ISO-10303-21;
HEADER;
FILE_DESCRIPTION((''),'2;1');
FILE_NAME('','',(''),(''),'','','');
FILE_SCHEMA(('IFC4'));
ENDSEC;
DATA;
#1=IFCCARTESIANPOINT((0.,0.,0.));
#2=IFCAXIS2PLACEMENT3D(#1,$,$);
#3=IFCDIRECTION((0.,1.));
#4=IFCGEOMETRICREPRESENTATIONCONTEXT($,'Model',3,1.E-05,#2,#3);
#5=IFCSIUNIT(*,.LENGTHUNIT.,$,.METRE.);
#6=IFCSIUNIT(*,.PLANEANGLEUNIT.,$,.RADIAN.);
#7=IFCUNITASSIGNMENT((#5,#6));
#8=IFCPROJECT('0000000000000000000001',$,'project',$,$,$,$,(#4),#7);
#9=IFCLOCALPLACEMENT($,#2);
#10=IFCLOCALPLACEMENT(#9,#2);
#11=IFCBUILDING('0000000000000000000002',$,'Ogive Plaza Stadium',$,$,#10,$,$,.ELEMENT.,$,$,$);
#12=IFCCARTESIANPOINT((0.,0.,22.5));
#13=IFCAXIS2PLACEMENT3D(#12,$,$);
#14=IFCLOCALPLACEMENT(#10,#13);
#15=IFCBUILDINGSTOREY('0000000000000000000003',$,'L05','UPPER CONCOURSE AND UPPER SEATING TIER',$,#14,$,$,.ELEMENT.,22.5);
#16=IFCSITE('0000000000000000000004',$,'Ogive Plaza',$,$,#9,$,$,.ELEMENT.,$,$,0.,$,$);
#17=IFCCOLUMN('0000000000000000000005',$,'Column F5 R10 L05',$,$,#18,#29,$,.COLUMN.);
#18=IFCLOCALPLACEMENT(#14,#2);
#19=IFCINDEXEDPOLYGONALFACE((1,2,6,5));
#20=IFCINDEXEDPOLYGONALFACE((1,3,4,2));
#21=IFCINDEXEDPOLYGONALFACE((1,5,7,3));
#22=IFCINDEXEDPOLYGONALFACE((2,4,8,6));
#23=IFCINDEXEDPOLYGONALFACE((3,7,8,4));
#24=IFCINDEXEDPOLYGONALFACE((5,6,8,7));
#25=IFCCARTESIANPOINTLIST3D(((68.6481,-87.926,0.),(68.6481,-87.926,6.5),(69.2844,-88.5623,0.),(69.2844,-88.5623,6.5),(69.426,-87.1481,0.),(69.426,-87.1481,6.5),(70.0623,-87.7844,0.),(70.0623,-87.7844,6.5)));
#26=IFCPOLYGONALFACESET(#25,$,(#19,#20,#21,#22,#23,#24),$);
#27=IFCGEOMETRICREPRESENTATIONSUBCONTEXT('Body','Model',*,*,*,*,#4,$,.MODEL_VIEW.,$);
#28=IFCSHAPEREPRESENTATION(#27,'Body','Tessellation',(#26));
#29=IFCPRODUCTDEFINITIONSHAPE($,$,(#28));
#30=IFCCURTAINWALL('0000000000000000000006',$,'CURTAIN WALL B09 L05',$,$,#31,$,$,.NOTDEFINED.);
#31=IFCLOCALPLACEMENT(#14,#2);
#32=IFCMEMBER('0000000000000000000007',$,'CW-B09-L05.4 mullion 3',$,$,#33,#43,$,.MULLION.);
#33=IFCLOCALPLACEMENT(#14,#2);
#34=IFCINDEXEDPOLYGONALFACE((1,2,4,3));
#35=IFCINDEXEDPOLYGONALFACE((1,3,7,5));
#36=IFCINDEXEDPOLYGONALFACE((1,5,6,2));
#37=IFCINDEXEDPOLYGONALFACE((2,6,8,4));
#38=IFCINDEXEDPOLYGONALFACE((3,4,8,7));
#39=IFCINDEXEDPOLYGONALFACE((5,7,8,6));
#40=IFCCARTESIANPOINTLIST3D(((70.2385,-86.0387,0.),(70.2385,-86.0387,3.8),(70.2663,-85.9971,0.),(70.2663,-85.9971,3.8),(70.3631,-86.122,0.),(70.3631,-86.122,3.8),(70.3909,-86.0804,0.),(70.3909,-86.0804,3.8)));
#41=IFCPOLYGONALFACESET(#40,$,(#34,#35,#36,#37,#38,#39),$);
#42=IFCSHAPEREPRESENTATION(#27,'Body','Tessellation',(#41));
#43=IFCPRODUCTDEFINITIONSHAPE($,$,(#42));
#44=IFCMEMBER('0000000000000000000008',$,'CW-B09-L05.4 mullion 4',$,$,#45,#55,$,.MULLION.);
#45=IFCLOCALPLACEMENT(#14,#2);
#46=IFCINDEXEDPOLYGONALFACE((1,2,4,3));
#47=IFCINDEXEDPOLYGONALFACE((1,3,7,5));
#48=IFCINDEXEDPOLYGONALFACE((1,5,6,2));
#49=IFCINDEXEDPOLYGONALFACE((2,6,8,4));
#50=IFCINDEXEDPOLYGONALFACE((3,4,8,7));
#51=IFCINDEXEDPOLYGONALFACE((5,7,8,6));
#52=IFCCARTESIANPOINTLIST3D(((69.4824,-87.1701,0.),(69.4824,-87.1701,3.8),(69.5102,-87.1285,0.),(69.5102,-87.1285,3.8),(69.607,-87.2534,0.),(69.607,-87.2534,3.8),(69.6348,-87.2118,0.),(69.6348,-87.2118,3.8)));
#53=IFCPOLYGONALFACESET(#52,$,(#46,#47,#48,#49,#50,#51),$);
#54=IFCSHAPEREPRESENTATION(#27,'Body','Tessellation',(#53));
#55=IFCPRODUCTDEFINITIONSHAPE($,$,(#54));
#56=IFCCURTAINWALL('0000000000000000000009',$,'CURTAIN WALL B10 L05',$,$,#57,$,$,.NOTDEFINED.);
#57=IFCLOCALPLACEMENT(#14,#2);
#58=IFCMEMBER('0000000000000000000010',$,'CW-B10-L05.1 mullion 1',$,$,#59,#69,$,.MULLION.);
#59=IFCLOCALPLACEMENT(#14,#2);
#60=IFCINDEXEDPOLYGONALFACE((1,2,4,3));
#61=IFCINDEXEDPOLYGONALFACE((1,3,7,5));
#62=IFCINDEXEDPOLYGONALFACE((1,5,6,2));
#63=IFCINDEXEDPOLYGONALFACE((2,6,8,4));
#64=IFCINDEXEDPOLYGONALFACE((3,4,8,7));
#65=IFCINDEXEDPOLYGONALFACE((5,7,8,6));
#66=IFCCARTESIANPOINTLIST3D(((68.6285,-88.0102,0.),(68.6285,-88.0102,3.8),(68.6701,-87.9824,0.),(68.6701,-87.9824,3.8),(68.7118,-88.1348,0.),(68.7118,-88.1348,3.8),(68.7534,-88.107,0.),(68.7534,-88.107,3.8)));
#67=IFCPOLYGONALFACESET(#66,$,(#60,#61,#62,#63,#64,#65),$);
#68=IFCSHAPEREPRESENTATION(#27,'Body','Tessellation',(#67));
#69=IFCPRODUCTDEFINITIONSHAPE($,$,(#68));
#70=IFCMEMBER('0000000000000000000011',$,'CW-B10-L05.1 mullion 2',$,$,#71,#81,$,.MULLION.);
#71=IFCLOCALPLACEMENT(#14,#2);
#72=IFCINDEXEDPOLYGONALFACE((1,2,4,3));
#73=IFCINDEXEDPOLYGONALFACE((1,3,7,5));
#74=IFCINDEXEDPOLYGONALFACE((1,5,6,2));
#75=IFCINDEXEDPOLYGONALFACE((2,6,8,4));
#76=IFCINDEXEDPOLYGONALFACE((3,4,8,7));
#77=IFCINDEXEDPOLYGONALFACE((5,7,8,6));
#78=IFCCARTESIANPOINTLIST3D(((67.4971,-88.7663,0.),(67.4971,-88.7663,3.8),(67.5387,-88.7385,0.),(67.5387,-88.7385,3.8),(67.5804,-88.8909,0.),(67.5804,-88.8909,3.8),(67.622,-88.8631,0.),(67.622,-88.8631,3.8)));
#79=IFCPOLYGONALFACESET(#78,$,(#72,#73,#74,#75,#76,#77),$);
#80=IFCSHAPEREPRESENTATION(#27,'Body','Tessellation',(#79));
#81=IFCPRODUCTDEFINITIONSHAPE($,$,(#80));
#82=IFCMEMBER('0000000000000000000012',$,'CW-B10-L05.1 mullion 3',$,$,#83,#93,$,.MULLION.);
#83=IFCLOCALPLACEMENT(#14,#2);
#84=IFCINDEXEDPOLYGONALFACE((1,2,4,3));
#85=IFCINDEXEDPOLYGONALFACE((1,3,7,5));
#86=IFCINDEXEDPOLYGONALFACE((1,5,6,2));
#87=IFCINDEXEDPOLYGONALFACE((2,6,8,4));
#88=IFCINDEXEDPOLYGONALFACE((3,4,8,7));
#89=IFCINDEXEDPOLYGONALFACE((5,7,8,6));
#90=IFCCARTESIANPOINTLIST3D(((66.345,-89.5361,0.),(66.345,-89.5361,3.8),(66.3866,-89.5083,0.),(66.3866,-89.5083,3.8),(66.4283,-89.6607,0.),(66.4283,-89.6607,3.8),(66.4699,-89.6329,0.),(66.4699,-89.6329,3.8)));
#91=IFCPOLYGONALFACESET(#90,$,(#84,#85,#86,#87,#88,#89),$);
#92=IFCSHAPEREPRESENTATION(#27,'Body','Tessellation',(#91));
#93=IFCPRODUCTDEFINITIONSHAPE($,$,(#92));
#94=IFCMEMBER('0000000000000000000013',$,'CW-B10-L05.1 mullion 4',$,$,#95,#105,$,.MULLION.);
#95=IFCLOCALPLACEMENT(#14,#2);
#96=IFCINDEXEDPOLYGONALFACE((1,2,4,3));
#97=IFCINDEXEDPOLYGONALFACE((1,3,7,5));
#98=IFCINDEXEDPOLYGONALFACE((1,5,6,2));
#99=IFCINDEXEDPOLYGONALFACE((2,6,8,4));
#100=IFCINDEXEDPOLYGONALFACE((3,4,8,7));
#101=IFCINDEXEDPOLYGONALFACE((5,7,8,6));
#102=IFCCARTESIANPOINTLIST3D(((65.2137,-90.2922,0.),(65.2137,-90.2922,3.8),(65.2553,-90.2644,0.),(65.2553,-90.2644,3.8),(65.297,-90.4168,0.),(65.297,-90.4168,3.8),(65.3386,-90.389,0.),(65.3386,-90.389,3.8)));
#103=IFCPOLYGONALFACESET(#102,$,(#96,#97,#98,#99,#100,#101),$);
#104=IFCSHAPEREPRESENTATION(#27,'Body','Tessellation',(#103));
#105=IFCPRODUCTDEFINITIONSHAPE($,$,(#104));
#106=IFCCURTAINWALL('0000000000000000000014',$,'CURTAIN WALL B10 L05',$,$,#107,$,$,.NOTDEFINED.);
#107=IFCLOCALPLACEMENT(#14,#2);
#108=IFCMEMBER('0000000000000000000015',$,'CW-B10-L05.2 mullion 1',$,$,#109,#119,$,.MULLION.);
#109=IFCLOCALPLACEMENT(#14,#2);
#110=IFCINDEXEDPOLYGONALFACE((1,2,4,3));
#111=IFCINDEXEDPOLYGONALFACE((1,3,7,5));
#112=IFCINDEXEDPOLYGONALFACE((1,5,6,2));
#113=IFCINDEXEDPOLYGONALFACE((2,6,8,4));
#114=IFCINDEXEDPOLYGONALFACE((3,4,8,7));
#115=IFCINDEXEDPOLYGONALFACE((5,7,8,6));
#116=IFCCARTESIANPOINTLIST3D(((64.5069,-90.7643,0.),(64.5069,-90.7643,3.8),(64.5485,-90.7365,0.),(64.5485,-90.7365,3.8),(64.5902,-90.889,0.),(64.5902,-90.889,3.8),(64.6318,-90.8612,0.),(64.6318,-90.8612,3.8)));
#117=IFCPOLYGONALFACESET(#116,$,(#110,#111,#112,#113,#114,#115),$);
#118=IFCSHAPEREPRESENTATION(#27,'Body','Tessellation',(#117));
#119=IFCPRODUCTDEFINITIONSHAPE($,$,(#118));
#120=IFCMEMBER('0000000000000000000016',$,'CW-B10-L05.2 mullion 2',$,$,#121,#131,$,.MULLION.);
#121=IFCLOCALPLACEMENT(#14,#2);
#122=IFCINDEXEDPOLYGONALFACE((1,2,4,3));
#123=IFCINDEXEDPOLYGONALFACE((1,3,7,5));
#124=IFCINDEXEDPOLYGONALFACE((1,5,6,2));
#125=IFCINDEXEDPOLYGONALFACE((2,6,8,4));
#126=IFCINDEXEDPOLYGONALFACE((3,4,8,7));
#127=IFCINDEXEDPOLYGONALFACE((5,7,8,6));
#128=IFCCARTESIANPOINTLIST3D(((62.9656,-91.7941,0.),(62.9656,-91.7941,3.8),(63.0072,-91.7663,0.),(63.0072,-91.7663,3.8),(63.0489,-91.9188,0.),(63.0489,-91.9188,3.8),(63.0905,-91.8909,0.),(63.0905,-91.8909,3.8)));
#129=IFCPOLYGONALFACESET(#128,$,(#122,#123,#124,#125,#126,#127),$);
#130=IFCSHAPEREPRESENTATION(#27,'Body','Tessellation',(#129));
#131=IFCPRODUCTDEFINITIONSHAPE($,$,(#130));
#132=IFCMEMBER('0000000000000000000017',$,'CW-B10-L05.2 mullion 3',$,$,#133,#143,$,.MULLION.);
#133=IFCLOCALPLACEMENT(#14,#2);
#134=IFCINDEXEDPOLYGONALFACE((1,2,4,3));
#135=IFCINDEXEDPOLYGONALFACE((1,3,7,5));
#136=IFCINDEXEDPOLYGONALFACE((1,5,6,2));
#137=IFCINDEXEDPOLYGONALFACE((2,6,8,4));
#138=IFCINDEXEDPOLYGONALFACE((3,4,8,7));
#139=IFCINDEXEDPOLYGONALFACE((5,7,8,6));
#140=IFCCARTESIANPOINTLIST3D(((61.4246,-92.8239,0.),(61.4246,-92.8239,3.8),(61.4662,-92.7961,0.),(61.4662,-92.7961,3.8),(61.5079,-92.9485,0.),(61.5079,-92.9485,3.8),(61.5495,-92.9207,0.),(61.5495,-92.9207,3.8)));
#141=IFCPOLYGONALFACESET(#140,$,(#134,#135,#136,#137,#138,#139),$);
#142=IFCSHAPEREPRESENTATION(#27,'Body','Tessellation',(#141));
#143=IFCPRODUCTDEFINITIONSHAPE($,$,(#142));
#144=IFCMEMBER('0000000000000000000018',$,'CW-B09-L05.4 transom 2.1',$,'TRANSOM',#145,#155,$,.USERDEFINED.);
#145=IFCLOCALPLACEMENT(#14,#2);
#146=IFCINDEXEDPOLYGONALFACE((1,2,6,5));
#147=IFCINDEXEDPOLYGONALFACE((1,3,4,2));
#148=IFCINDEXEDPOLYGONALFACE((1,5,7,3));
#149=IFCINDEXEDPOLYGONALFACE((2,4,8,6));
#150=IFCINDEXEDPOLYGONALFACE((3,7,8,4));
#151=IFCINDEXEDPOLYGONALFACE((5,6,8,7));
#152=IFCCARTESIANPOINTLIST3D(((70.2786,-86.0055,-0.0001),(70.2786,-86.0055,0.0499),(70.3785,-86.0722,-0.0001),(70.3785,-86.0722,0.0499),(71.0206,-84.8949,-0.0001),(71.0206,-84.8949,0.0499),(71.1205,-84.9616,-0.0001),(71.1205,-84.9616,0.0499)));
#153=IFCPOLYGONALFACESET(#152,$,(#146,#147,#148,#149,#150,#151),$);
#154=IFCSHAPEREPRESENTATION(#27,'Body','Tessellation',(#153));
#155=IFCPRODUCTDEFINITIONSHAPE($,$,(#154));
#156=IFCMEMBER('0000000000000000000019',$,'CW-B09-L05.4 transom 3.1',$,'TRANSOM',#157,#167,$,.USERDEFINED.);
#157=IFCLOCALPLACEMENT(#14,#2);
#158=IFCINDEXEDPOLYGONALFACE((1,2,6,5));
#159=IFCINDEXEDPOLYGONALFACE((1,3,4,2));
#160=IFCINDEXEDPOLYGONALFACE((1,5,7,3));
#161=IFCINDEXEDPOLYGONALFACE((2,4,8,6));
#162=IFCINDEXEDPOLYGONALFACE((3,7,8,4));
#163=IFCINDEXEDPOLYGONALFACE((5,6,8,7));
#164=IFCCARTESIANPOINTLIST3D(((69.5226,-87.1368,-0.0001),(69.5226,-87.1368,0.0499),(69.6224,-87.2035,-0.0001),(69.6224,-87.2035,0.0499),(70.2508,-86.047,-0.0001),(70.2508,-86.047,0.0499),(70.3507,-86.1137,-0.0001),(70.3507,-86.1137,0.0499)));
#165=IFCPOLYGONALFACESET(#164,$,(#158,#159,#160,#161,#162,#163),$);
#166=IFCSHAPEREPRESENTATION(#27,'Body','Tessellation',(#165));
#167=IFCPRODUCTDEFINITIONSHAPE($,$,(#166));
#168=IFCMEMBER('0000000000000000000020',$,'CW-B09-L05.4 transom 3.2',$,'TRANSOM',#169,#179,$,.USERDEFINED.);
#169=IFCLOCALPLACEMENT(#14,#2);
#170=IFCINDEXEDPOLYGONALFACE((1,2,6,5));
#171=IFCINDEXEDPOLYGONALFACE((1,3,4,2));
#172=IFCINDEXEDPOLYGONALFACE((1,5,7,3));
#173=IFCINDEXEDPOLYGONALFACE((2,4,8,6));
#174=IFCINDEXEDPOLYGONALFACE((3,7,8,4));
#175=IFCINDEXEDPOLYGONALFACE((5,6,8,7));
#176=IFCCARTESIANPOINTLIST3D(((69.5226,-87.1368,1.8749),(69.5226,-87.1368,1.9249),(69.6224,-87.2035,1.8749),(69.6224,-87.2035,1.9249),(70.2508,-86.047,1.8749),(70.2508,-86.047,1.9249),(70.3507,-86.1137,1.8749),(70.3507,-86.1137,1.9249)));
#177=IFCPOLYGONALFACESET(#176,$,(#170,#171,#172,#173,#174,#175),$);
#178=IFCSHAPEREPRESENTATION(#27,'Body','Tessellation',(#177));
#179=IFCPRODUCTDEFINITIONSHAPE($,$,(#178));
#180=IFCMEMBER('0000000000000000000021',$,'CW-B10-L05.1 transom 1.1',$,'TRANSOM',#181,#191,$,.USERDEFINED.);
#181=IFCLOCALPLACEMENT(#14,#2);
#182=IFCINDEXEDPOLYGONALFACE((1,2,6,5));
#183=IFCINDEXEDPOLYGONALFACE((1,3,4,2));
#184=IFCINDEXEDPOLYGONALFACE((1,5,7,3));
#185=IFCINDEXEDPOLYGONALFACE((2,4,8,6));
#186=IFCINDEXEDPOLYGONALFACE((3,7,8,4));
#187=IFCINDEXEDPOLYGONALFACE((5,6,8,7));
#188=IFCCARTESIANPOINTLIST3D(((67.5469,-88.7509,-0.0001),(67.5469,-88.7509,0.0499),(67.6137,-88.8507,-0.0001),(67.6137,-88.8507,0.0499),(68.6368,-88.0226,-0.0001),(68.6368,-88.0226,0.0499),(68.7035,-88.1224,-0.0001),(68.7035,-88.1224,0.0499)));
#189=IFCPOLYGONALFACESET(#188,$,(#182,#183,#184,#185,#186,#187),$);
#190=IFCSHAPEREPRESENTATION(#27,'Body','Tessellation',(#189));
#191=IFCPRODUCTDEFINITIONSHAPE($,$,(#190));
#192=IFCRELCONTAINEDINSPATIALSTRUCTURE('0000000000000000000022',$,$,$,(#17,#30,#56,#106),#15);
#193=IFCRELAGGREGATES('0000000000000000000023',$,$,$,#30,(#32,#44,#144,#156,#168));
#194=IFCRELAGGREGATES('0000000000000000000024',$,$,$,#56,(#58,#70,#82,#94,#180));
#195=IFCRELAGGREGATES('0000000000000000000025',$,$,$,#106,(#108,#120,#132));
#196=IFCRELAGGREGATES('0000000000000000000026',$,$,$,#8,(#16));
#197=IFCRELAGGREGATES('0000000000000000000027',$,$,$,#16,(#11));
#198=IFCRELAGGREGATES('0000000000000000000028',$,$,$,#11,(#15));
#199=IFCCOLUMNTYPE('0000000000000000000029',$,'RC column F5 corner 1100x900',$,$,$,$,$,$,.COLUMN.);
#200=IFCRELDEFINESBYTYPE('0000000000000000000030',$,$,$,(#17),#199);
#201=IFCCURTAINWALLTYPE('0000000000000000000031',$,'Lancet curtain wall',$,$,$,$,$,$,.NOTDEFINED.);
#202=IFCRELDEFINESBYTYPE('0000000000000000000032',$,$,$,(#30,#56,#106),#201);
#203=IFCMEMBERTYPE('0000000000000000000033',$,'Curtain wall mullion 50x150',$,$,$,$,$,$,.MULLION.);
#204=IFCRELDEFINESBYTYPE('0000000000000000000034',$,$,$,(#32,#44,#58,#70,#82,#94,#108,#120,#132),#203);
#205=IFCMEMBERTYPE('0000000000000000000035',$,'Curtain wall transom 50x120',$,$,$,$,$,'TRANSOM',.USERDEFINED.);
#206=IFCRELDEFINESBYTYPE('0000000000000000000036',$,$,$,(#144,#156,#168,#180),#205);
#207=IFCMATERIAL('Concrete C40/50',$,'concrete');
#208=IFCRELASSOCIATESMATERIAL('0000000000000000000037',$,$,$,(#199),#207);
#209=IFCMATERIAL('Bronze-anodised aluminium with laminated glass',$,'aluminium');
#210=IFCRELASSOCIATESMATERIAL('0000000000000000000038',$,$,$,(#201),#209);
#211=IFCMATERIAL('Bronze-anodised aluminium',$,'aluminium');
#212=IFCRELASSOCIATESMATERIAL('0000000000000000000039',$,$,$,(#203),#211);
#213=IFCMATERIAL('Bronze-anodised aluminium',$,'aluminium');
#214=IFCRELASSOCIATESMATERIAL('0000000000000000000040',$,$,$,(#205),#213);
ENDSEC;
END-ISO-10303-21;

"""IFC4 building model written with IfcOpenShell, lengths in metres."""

from ifc_helpers import new_model, si_unit, direction, frame, origin, origin_2d, place, context, subcontext, project, spatial, rectangle, extrude, material, material_profile, profile_set, type_object, element, aggregate, save


model = new_model("IFC4")

# Units and contexts
model_context = context("Model", 3, precision=1e-05, world=origin(), true_north=direction((0.0, 1.0)))
body_context = subcontext(model_context, "Body", "Model", "MODEL_VIEW")
ifc_project = project(units=[si_unit("LENGTHUNIT", "METRE"), si_unit("PLANEANGLEUNIT", "RADIAN")], contexts=[model_context])

# Site, building, storey
site_placement = place(None, origin())
site = spatial("IfcSite", under=ifc_project, at=site_placement, Name="Ogive Plaza", CompositionType="ELEMENT", RefElevation=0.0)
building_placement = place(site_placement, origin())
building = spatial("IfcBuilding", under=site, at=building_placement, Name="Ogive Plaza Stadium", CompositionType="ELEMENT")
storey_placement = place(building_placement, frame((0.0, 0.0, 22.5)))
storey = spatial("IfcBuildingStorey", under=building, at=storey_placement, Name="L05", Description="UPPER CONCOURSE AND UPPER SEATING TIER", CompositionType="ELEMENT", Elevation=22.5)

# Column
ifc_material_1 = material(Name="Concrete C40/50", Category="concrete")
ifc_material_profile_1 = material_profile(ifc_material_1, rectangle(XDim=1.1001, YDim=0.8999, at=origin_2d()), Name="RC 1100x900")
ifc_profile_set_1 = profile_set([ifc_material_profile_1], Name="Concrete C40/50")
column_type = type_object("IfcColumnType", Name="RC column F5 corner 1100x900", PredefinedType="COLUMN", material=ifc_profile_set_1)
column_placement = place(storey_placement, frame((69.3552, -87.8552, 0.0), z_axis=(0.0, 0.0, 1.0), x_axis=(0.707107, 0.707107, 0.0)))
element("IfcColumn", 1, at=column_placement, inside=storey, type_object=column_type, Name="Column F5 R10 L05", PredefinedType="COLUMN", context=body_context, shape_type="SweptSolid", body=[
    extrude(rectangle(XDim=1.1001, YDim=0.8999, at=origin_2d()), origin(), (0.0, 0.0, 1.0), 6.5),
])

# Curtain walls, members
ifc_material_2 = material(Name="Bronze-anodised aluminium with laminated glass", Category="aluminium")
curtain_wall_type = type_object("IfcCurtainWallType", Name="Lancet curtain wall", PredefinedType="NOTDEFINED", material=ifc_material_2)
curtain_wall_1_placement = place(storey_placement, origin())
curtain_wall_1 = element("IfcCurtainWall", 2, at=curtain_wall_1_placement, inside=storey, type_object=curtain_wall_type, Name="CURTAIN WALL B09 L05", PredefinedType="NOTDEFINED")
ifc_material_3 = material(Name="Bronze-anodised aluminium", Category="aluminium")
ifc_material_profile_2 = material_profile(ifc_material_3, rectangle(XDim=0.1499, YDim=0.05, at=origin_2d()), Name="AL 150x50")
ifc_profile_set_2 = profile_set([ifc_material_profile_2], Name="Bronze-anodised aluminium")
member_type_1 = type_object("IfcMemberType", Name="Curtain wall mullion 50x150", PredefinedType="MULLION", material=ifc_profile_set_2)
member_1_placement = place(storey_placement, frame((70.3147, -86.0596, 0.0), z_axis=(0.0, 0.0, 1.0), x_axis=(0.83147, -0.55557, 0.0)))
member_1 = element("IfcMember", 3, at=member_1_placement, type_object=member_type_1, Name="CW-B09-L05.4 mullion 3", PredefinedType="MULLION", context=body_context, shape_type="SweptSolid", body=[
    extrude(rectangle(XDim=0.1499, YDim=0.05, at=origin_2d()), origin(), (0.0, 0.0, 1.0), 3.8),
])
member_2_placement = place(storey_placement, frame((69.5586, -87.1909, 0.0), z_axis=(0.0, 0.0, 1.0), x_axis=(0.83147, -0.55557, 0.0)))
member_2 = element("IfcMember", 4, at=member_2_placement, type_object=member_type_1, Name="CW-B09-L05.4 mullion 4", PredefinedType="MULLION", context=body_context, shape_type="SweptSolid", body=[
    extrude(rectangle(XDim=0.1499, YDim=0.05, at=origin_2d()), origin(), (0.0, 0.0, 1.0), 3.8),
])
curtain_wall_2_placement = place(storey_placement, origin())
curtain_wall_2 = element("IfcCurtainWall", 5, at=curtain_wall_2_placement, inside=storey, type_object=curtain_wall_type, Name="CURTAIN WALL B10 L05", PredefinedType="NOTDEFINED")
member_3_placement = place(storey_placement, frame((68.6909, -88.0586, 0.0), z_axis=(0.0, 0.0, 1.0), x_axis=(0.55557, -0.83147, 0.0)))
member_3 = element("IfcMember", 6, at=member_3_placement, type_object=member_type_1, Name="CW-B10-L05.1 mullion 1", PredefinedType="MULLION", context=body_context, shape_type="SweptSolid", body=[
    extrude(rectangle(XDim=0.1499, YDim=0.05, at=origin_2d()), origin(), (0.0, 0.0, 1.0), 3.8),
])
member_4_placement = place(storey_placement, frame((67.5596, -88.8147, 0.0), z_axis=(0.0, 0.0, 1.0), x_axis=(0.55557, -0.83147, 0.0)))
member_4 = element("IfcMember", 7, at=member_4_placement, type_object=member_type_1, Name="CW-B10-L05.1 mullion 2", PredefinedType="MULLION", context=body_context, shape_type="SweptSolid", body=[
    extrude(rectangle(XDim=0.1499, YDim=0.05, at=origin_2d()), origin(), (0.0, 0.0, 1.0), 3.8),
])
member_5_placement = place(storey_placement, frame((66.4075, -89.5845, 0.0), z_axis=(0.0, 0.0, 1.0), x_axis=(0.55557, -0.83147, 0.0)))
member_5 = element("IfcMember", 8, at=member_5_placement, type_object=member_type_1, Name="CW-B10-L05.1 mullion 3", PredefinedType="MULLION", context=body_context, shape_type="SweptSolid", body=[
    extrude(rectangle(XDim=0.1499, YDim=0.05, at=origin_2d()), origin(), (0.0, 0.0, 1.0), 3.8),
])
member_6_placement = place(storey_placement, frame((65.2761, -90.3406, 0.0), z_axis=(0.0, 0.0, 1.0), x_axis=(0.55557, -0.83147, 0.0)))
member_6 = element("IfcMember", 9, at=member_6_placement, type_object=member_type_1, Name="CW-B10-L05.1 mullion 4", PredefinedType="MULLION", context=body_context, shape_type="SweptSolid", body=[
    extrude(rectangle(XDim=0.1499, YDim=0.05, at=origin_2d()), origin(), (0.0, 0.0, 1.0), 3.8),
])
curtain_wall_3_placement = place(storey_placement, origin())
curtain_wall_3 = element("IfcCurtainWall", 10, at=curtain_wall_3_placement, inside=storey, type_object=curtain_wall_type, Name="CURTAIN WALL B10 L05", PredefinedType="NOTDEFINED")
member_7_placement = place(storey_placement, frame((64.5693, -90.8127, 0.0), z_axis=(0.0, 0.0, 1.0), x_axis=(0.55557, -0.83147, 0.0)))
member_7 = element("IfcMember", 11, at=member_7_placement, type_object=member_type_1, Name="CW-B10-L05.2 mullion 1", PredefinedType="MULLION", context=body_context, shape_type="SweptSolid", body=[
    extrude(rectangle(XDim=0.1499, YDim=0.05, at=origin_2d()), origin(), (0.0, 0.0, 1.0), 3.8),
])
member_8_placement = place(storey_placement, frame((63.0281, -91.8425, 0.0), z_axis=(0.0, 0.0, 1.0), x_axis=(0.55557, -0.83147, 0.0)))
member_8 = element("IfcMember", 12, at=member_8_placement, type_object=member_type_1, Name="CW-B10-L05.2 mullion 2", PredefinedType="MULLION", context=body_context, shape_type="SweptSolid", body=[
    extrude(rectangle(XDim=0.1499, YDim=0.05, at=origin_2d()), origin(), (0.0, 0.0, 1.0), 3.8),
])
member_9_placement = place(storey_placement, frame((61.4871, -92.8723, 0.0), z_axis=(0.0, 0.0, 1.0), x_axis=(0.55557, -0.83147, 0.0)))
member_9 = element("IfcMember", 13, at=member_9_placement, type_object=member_type_1, Name="CW-B10-L05.2 mullion 3", PredefinedType="MULLION", context=body_context, shape_type="SweptSolid", body=[
    extrude(rectangle(XDim=0.1499, YDim=0.05, at=origin_2d()), origin(), (0.0, 0.0, 1.0), 3.8),
])

# Members
ifc_material_4 = material(Name="Bronze-anodised aluminium", Category="aluminium")
ifc_material_profile_3 = material_profile(ifc_material_4, rectangle(XDim=0.1201, YDim=0.05, at=origin_2d()), Name="AL 120x50")
ifc_profile_set_3 = profile_set([ifc_material_profile_3], Name="Bronze-anodised aluminium")
member_type_2 = type_object("IfcMemberType", Name="Curtain wall transom 50x120", ElementType="TRANSOM", PredefinedType="USERDEFINED", material=ifc_profile_set_3)
member_10_placement = place(storey_placement, frame((71.0706, -84.9282, 0.0249), z_axis=(-0.555501, -0.831516, 0.0), x_axis=(0.831516, -0.555501, 0.0)))
member_10 = element("IfcMember", 14, at=member_10_placement, type_object=member_type_2, Name="CW-B09-L05.4 transom 2.1", ObjectType="TRANSOM", PredefinedType="USERDEFINED", context=body_context, shape_type="SweptSolid", body=[
    extrude(rectangle(XDim=0.1201, YDim=0.05, at=origin_2d()), origin(), (0.0, 0.0, 1.0), 1.3357),
])
member_11_placement = place(storey_placement, frame((70.3008, -86.0803, 0.0249), z_axis=(-0.555602, -0.831448, 0.0), x_axis=(0.831448, -0.555602, 0.0)))
member_11 = element("IfcMember", 15, at=member_11_placement, type_object=member_type_2, Name="CW-B09-L05.4 transom 3.1", ObjectType="TRANSOM", PredefinedType="USERDEFINED", context=body_context, shape_type="SweptSolid", body=[
    extrude(rectangle(XDim=0.1201, YDim=0.05, at=origin_2d()), origin(), (0.0, 0.0, 1.0), 1.3108),
])
member_12_placement = place(storey_placement, frame((70.3008, -86.0803, 1.8999), z_axis=(-0.555602, -0.831448, 0.0), x_axis=(0.831448, -0.555602, 0.0)))
member_12 = element("IfcMember", 16, at=member_12_placement, type_object=member_type_2, Name="CW-B09-L05.4 transom 3.2", ObjectType="TRANSOM", PredefinedType="USERDEFINED", context=body_context, shape_type="SweptSolid", body=[
    extrude(rectangle(XDim=0.1201, YDim=0.05, at=origin_2d()), origin(), (0.0, 0.0, 1.0), 1.3108),
])
member_13_placement = place(storey_placement, frame((68.6702, -88.0725, 0.0249), z_axis=(-0.831448, -0.555602, 0.0), x_axis=(0.555602, -0.831448, 0.0)))
member_13 = element("IfcMember", 17, at=member_13_placement, type_object=member_type_2, Name="CW-B10-L05.1 transom 1.1", ObjectType="TRANSOM", PredefinedType="USERDEFINED", context=body_context, shape_type="SweptSolid", body=[
    extrude(rectangle(XDim=0.1201, YDim=0.05, at=origin_2d()), origin(), (0.0, 0.0, 1.0), 1.3108),
])

aggregate(curtain_wall_1, [member_1, member_2, member_10, member_11, member_12])
aggregate(curtain_wall_2, [member_3, member_4, member_5, member_6, member_13])
aggregate(curtain_wall_3, [member_7, member_8, member_9])

save(model, "model.ifc")
